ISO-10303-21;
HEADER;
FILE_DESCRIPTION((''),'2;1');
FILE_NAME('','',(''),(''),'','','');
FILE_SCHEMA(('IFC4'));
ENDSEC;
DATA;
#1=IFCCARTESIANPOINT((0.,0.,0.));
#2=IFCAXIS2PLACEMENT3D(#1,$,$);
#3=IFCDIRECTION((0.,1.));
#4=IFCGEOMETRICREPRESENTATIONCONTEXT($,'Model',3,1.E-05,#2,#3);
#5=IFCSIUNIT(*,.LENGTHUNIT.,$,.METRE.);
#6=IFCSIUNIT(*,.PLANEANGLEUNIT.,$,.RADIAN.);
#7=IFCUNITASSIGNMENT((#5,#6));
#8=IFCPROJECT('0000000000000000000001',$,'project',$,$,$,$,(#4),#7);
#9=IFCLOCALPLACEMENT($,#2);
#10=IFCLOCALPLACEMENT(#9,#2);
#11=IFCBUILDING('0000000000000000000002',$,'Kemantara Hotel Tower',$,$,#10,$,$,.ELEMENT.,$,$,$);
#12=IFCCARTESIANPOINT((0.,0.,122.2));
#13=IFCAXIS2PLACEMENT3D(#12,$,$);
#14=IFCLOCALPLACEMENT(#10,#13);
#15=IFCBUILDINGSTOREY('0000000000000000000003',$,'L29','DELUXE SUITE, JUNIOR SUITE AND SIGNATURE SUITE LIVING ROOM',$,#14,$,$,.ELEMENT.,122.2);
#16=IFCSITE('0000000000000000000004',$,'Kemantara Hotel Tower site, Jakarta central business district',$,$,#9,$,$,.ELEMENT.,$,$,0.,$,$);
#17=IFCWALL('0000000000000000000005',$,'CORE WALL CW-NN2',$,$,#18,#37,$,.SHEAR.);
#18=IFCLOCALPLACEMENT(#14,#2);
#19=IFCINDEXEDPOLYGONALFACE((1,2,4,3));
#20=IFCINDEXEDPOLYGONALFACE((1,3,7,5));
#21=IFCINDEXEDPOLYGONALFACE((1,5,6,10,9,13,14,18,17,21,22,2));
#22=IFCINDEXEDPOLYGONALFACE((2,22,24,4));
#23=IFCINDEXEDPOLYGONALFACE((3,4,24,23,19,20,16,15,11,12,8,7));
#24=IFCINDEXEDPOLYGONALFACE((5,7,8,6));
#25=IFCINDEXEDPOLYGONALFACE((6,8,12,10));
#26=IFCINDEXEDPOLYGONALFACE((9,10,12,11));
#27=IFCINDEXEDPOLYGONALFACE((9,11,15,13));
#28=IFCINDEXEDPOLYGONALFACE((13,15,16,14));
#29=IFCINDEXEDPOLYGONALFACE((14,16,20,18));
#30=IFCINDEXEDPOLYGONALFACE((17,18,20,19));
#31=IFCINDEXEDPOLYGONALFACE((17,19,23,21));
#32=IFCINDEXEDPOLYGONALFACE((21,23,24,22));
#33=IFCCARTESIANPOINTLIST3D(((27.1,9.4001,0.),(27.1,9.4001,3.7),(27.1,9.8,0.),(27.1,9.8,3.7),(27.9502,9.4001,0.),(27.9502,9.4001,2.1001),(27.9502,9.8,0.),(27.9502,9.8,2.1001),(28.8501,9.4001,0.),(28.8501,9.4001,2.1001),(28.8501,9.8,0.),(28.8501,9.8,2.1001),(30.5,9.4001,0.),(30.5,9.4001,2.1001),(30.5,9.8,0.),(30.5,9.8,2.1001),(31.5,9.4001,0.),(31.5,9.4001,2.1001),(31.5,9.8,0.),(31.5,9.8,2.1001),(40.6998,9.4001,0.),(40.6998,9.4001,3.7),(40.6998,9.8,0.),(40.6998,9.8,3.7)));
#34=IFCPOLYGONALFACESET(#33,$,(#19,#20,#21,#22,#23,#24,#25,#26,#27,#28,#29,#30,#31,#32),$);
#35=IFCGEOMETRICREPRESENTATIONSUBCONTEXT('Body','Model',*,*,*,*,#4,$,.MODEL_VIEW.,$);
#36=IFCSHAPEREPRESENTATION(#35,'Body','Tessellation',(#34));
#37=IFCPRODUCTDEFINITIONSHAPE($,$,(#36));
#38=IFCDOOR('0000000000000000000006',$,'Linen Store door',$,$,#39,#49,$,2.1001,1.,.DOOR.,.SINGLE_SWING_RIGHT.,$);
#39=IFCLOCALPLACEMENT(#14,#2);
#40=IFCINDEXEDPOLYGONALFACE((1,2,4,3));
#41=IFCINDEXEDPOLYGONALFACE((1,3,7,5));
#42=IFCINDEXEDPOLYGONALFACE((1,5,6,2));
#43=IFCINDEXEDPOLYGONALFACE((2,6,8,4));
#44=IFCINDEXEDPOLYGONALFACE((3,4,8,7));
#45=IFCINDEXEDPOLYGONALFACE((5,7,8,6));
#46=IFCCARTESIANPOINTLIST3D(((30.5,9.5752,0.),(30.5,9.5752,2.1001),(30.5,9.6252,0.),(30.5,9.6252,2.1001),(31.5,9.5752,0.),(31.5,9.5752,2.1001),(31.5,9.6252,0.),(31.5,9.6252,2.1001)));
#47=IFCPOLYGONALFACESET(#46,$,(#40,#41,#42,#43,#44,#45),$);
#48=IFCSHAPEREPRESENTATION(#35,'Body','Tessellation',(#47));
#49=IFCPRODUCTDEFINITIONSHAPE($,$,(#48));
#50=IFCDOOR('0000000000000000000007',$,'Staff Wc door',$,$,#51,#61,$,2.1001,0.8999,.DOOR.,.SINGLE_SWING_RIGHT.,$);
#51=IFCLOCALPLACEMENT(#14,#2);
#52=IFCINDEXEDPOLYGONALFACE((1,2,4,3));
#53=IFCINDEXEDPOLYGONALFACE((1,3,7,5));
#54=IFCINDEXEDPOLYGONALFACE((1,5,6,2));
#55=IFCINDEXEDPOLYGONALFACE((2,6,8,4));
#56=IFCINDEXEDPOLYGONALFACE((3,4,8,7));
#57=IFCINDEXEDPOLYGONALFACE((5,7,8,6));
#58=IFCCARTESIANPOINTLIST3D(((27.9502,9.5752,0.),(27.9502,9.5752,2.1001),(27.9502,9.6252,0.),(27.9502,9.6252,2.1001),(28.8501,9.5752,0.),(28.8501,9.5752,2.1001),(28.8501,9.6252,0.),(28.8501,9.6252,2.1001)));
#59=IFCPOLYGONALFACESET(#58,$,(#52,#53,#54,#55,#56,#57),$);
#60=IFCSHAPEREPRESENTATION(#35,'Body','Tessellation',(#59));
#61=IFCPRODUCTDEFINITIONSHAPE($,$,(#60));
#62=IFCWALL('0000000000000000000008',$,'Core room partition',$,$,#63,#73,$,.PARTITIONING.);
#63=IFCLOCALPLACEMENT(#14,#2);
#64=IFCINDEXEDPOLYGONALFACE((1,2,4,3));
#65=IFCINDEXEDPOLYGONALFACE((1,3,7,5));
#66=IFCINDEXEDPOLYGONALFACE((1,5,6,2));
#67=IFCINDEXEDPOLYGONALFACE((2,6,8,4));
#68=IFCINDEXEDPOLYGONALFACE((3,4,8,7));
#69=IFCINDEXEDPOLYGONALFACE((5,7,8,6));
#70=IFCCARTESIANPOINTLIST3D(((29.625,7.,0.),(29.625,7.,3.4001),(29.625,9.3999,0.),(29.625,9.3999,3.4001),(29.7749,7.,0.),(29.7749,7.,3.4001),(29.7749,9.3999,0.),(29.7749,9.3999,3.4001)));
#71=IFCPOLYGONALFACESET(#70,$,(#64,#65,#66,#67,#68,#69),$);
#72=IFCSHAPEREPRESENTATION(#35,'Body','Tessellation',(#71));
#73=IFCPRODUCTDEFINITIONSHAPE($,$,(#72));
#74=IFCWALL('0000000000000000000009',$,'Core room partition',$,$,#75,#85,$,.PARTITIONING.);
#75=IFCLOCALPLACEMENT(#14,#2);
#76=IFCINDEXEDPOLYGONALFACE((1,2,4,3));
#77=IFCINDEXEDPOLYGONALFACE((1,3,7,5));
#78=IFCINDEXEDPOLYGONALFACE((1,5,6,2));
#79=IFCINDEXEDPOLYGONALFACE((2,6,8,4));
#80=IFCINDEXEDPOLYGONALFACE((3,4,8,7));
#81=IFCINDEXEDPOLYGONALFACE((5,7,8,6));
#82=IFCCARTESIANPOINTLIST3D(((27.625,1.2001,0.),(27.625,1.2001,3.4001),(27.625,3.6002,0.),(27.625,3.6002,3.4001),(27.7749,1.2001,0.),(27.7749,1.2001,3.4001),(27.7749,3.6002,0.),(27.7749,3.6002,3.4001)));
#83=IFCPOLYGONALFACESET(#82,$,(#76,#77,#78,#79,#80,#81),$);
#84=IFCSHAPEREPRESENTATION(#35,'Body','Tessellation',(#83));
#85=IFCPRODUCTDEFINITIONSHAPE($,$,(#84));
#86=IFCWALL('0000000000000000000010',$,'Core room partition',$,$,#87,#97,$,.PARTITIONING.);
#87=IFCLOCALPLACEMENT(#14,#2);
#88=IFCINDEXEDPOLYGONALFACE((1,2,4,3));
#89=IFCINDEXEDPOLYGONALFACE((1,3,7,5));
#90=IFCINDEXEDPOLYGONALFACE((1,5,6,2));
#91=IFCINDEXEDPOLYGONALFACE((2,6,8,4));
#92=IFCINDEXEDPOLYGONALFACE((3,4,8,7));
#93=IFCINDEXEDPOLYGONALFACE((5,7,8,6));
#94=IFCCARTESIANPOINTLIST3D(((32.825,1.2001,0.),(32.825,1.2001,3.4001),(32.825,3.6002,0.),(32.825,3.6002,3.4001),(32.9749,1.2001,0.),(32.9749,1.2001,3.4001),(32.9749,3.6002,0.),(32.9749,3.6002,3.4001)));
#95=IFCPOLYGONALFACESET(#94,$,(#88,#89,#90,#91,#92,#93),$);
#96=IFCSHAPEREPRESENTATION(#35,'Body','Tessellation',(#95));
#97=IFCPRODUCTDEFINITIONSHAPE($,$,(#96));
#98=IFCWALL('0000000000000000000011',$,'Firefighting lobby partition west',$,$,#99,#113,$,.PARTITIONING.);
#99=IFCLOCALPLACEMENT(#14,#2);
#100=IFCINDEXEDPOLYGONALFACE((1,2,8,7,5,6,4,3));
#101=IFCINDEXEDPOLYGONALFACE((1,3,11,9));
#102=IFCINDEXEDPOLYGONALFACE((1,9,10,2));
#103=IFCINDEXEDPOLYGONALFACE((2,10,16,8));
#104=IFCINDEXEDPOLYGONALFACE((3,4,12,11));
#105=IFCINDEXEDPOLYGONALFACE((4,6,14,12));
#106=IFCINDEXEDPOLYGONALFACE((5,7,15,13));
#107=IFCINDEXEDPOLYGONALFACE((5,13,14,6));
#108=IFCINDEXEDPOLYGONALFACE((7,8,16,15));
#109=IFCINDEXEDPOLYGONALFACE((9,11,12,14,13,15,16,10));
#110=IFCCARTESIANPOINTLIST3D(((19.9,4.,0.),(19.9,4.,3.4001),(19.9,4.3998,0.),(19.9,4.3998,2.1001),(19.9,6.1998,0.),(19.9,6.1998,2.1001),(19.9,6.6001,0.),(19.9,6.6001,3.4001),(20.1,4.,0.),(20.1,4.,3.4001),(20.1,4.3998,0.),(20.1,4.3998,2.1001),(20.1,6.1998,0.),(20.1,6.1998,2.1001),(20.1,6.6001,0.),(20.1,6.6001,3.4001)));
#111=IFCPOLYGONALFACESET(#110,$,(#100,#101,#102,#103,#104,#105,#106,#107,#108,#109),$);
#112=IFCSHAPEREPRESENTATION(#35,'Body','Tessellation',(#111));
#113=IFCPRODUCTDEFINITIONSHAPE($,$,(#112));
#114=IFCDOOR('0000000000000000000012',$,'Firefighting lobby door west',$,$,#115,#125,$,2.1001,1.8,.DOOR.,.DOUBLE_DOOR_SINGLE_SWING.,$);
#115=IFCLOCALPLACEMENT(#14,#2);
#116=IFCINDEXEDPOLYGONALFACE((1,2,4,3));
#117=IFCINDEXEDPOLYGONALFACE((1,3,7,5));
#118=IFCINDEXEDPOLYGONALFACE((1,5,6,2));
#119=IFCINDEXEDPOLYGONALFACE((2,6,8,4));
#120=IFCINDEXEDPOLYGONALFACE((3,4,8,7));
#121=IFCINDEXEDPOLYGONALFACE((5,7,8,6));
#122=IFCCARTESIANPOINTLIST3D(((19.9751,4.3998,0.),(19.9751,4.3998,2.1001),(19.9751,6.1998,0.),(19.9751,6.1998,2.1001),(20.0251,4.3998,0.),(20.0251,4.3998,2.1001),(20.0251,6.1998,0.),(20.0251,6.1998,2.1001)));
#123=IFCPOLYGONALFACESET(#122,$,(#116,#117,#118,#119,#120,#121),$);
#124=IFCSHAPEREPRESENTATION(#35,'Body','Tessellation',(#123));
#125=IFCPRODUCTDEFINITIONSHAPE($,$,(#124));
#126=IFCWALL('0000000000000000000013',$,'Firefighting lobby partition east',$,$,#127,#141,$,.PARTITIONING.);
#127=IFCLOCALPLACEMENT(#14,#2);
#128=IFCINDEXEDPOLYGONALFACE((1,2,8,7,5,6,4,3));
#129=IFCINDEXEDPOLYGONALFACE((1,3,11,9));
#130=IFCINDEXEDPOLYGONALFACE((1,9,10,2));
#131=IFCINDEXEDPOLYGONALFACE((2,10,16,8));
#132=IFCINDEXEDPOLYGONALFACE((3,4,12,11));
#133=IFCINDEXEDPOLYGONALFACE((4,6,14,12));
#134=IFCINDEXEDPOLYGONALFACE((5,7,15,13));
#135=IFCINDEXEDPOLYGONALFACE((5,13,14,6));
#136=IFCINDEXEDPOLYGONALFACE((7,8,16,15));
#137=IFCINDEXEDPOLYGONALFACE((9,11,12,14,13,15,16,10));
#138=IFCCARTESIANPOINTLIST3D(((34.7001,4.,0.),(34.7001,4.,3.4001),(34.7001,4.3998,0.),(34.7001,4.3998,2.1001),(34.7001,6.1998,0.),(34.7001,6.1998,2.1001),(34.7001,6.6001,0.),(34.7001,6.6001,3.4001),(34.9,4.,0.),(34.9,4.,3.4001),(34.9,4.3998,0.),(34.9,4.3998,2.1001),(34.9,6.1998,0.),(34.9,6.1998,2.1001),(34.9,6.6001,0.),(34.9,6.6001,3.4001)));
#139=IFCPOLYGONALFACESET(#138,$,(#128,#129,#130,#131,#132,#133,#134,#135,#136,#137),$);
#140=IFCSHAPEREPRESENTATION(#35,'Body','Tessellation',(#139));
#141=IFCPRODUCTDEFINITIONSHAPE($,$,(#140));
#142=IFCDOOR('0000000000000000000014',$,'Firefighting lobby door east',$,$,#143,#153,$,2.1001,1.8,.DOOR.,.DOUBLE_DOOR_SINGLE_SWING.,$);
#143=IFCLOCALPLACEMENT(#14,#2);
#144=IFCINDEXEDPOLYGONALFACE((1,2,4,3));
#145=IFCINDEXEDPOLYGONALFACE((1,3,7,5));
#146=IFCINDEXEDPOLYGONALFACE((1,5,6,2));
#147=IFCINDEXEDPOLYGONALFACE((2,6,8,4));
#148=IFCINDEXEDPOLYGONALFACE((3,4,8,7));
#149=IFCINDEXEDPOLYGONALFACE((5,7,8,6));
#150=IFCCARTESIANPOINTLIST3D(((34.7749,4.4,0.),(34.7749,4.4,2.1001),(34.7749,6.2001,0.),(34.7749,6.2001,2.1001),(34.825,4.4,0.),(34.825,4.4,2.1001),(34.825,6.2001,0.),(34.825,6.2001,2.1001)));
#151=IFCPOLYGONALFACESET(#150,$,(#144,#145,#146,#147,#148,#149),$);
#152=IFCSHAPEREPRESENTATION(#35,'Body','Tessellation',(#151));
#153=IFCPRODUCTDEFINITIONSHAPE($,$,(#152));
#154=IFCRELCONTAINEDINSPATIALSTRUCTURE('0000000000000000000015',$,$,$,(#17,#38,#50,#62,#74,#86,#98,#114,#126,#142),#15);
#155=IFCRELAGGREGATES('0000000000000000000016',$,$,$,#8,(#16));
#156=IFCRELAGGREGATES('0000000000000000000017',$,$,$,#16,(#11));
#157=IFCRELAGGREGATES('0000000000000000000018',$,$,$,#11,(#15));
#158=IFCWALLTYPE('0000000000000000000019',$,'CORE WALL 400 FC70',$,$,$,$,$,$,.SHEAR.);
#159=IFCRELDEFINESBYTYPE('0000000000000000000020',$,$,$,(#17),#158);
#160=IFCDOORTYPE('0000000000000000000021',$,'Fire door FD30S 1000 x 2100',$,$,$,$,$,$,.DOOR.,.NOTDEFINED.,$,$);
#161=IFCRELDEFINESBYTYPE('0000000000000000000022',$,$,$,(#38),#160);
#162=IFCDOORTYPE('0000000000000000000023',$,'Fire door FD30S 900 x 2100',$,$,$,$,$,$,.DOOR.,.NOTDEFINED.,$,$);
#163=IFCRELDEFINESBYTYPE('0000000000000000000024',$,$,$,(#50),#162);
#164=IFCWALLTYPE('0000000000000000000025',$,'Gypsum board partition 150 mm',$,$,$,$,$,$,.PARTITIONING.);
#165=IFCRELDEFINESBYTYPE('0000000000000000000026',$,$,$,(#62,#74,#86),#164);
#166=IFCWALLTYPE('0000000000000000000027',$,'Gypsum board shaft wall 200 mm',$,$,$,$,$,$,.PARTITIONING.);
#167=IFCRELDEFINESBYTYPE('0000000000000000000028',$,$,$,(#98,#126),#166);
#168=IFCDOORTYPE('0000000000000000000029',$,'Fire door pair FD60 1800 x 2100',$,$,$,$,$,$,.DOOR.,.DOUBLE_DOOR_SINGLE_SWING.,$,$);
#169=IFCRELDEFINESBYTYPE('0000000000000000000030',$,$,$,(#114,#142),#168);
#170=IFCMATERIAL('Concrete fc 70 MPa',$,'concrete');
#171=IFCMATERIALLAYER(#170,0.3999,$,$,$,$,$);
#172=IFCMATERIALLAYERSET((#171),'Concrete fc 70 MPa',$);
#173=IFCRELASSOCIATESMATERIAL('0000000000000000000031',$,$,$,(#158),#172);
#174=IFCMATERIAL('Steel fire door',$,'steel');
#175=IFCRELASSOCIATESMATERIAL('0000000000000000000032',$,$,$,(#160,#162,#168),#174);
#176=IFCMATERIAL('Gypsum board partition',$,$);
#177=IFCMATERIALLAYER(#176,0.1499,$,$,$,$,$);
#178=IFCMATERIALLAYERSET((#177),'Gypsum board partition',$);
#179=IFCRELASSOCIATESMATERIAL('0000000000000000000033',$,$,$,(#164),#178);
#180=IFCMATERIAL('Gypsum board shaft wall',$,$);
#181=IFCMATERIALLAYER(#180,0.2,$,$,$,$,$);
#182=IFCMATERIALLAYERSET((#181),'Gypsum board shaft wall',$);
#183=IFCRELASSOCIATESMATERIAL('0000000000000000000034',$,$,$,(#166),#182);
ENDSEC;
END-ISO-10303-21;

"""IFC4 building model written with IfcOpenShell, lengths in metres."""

from ifc_helpers import new_model, si_unit, direction, frame, frame_2d, origin, place, context, subcontext, project, spatial, rectangle, extrude, material, layer, layer_set, type_object, element, fill, save


model = new_model("IFC4")

# Units and contexts
model_context = context("Model", 3, precision=1e-05, world=origin(), true_north=direction((0.0, 1.0)))
body_context = subcontext(model_context, "Body", "Model", "MODEL_VIEW")
ifc_project = project(units=[si_unit("LENGTHUNIT", "METRE"), si_unit("PLANEANGLEUNIT", "RADIAN")], contexts=[model_context])

# Site, building, storey
site_placement = place(None, origin())
site = spatial("IfcSite", under=ifc_project, at=site_placement, Name="Kemantara Hotel Tower site, Jakarta central business district", CompositionType="ELEMENT", RefElevation=0.0)
building_placement = place(site_placement, origin())
building = spatial("IfcBuilding", under=site, at=building_placement, Name="Kemantara Hotel Tower", CompositionType="ELEMENT")
storey_placement = place(building_placement, frame((0.0, 0.0, 122.2)))
storey = spatial("IfcBuildingStorey", under=building, at=storey_placement, Name="L29", Description="DELUXE SUITE, JUNIOR SUITE AND SIGNATURE SUITE LIVING ROOM", CompositionType="ELEMENT", Elevation=122.2)

# Shared definitions
ifc_material_1 = material(Name="Concrete fc 70 MPa", Category="concrete")

# Wall, openings, doors
ifc_layer_1 = layer(ifc_material_1, 0.3999)
ifc_layer_set_1 = layer_set([ifc_layer_1], Name="Concrete fc 70 MPa")
wall_type_1 = type_object("IfcWallType", Name="CORE WALL 400 FC70", PredefinedType="SHEAR", material=ifc_layer_set_1)
wall_1_placement = place(storey_placement, frame((27.1001, 9.6001, 0.0), z_axis=(0.0, 0.0, 1.0), x_axis=(1.0, 0.0, 0.0)))
wall_1 = element("IfcWall", 1, at=wall_1_placement, inside=storey, type_object=wall_type_1, Name="CORE WALL CW-NN2", PredefinedType="SHEAR", context=body_context, shape_type="SweptSolid", body=[
    extrude(rectangle(XDim=13.5999, YDim=0.3999, at=frame_2d((6.7998, 0.0))), origin(), (0.0, 0.0, 1.0), 3.7),
])
opening_1_placement = place(wall_1_placement, frame((0.8501, 0.0, 0.0)))
opening_1 = element("IfcOpeningElement", 2, at=opening_1_placement, cuts=wall_1, PredefinedType="OPENING", context=body_context, shape_type="SweptSolid", body=[
    extrude(rectangle(XDim=0.8999, YDim=2.1001, at=frame_2d((0.45, 1.05))), frame((0.0, 0.21, 0.0), z_axis=(0.0, -1.0, 0.0), x_axis=(1.0, 0.0, 0.0)), (0.0, 0.0, 1.0), 0.4199),
])
opening_2_placement = place(wall_1_placement, frame((3.3999, 0.0, 0.0)))
opening_2 = element("IfcOpeningElement", 3, at=opening_2_placement, cuts=wall_1, PredefinedType="OPENING", context=body_context, shape_type="SweptSolid", body=[
    extrude(rectangle(XDim=1.0, YDim=2.1001, at=frame_2d((0.5, 1.05))), frame((0.0, 0.21, 0.0), z_axis=(0.0, -1.0, 0.0), x_axis=(1.0, 0.0, 0.0)), (0.0, 0.0, 1.0), 0.4199),
])
ifc_material_2 = material(Name="Steel fire door", Category="steel")
door_type_1 = type_object("IfcDoorType", Name="Fire door FD30S 1000 x 2100", OperationType="NOTDEFINED", PredefinedType="DOOR", material=ifc_material_2)
door_1_placement = place(opening_2_placement, frame((1.0, 0.0, 0.0), z_axis=(0.0, 0.0, 1.0), x_axis=(-1.0, 0.0, 0.0)))
door_1 = element("IfcDoor", 4, at=door_1_placement, inside=storey, type_object=door_type_1, Name="Linen Store door", OperationType="SINGLE_SWING_RIGHT", OverallHeight=2.1001, OverallWidth=1.0, PredefinedType="DOOR", context=body_context, shape_type="SweptSolid", body=[
    extrude(rectangle(XDim=1.0, YDim=2.1001, at=frame_2d((0.5, 1.05))), frame((0.0, 0.0249, 0.0), z_axis=(0.0, -1.0, 0.0), x_axis=(1.0, 0.0, 0.0)), (0.0, 0.0, 1.0), 0.05),
])
fill(opening_2, door_1)
door_type_2 = type_object("IfcDoorType", Name="Fire door FD30S 900 x 2100", OperationType="NOTDEFINED", PredefinedType="DOOR", material=ifc_material_2)
door_2_placement = place(opening_1_placement, frame((0.8999, 0.0, 0.0), z_axis=(0.0, 0.0, 1.0), x_axis=(-1.0, 0.0, 0.0)))
door_2 = element("IfcDoor", 5, at=door_2_placement, inside=storey, type_object=door_type_2, Name="Staff Wc door", OperationType="SINGLE_SWING_RIGHT", OverallHeight=2.1001, OverallWidth=0.8999, PredefinedType="DOOR", context=body_context, shape_type="SweptSolid", body=[
    extrude(rectangle(XDim=0.8999, YDim=2.1001, at=frame_2d((0.45, 1.05))), frame((0.0, 0.0249, 0.0), z_axis=(0.0, -1.0, 0.0), x_axis=(1.0, 0.0, 0.0)), (0.0, 0.0, 1.0), 0.05),
])
fill(opening_1, door_2)

# Walls
ifc_material_3 = material(Name="Gypsum board partition")
ifc_layer_2 = layer(ifc_material_3, 0.1499)
ifc_layer_set_2 = layer_set([ifc_layer_2], Name="Gypsum board partition")
wall_type_2 = type_object("IfcWallType", Name="Gypsum board partition 150 mm", PredefinedType="PARTITIONING", material=ifc_layer_set_2)
wall_2_placement = place(storey_placement, frame((29.7, 7.0, 0.0), z_axis=(0.0, 0.0, 1.0), x_axis=(0.0, 1.0, 0.0)))
element("IfcWall", 6, at=wall_2_placement, inside=storey, type_object=wall_type_2, Name="Core room partition", PredefinedType="PARTITIONING", context=body_context, shape_type="SweptSolid", body=[
    extrude(rectangle(XDim=2.3999, YDim=0.1499, at=frame_2d((1.2, 0.0))), origin(), (0.0, 0.0, 1.0), 3.4001),
])
for number, where, z_axis, x_axis, name in (
    (7, (27.7, 1.2, 0.0), (0.0, 0.0, 1.0), (0.0, 1.0, 0.0), "Core room partition"),
    (8, (32.8999, 1.2, 0.0), (0.0, 0.0, 1.0), (0.0, 1.0, 0.0), "Core room partition"),
):
    element("IfcWall", number, at=place(storey_placement, frame(where, z_axis=z_axis, x_axis=x_axis)), inside=storey, type_object=wall_type_2, Name=name, PredefinedType="PARTITIONING", context=body_context, shape_type="SweptSolid", body=[
        extrude(rectangle(XDim=2.4001, YDim=0.1499, at=frame_2d((1.2002, 0.0))), origin(), (0.0, 0.0, 1.0), 3.4001),
    ])

# Walls, openings, doors
ifc_material_4 = material(Name="Gypsum board shaft wall")
ifc_layer_3 = layer(ifc_material_4, 0.2)
ifc_layer_set_3 = layer_set([ifc_layer_3], Name="Gypsum board shaft wall")
wall_type_3 = type_object("IfcWallType", Name="Gypsum board shaft wall 200 mm", PredefinedType="PARTITIONING", material=ifc_layer_set_3)
wall_3_placement = place(storey_placement, frame((20.0, 4.0, 0.0), z_axis=(0.0, 0.0, 1.0), x_axis=(0.0, 1.0, 0.0)))
wall_3 = element("IfcWall", 9, at=wall_3_placement, inside=storey, type_object=wall_type_3, Name="Firefighting lobby partition west", PredefinedType="PARTITIONING", context=body_context, shape_type="SweptSolid", body=[
    extrude(rectangle(XDim=2.6001, YDim=0.2, at=frame_2d((1.3, 0.0))), origin(), (0.0, 0.0, 1.0), 3.4001),
])
opening_3_placement = place(wall_3_placement, frame((0.3999, 0.0, 0.0)))
opening_3 = element("IfcOpeningElement", 10, at=opening_3_placement, cuts=wall_3, PredefinedType="OPENING", context=body_context, shape_type="SweptSolid", body=[
    extrude(rectangle(XDim=1.8, YDim=2.1001, at=frame_2d((0.8999, 1.05))), frame((0.0, 0.1099, 0.0), z_axis=(0.0, -1.0, 0.0), x_axis=(1.0, 0.0, 0.0)), (0.0, 0.0, 1.0), 0.22),
])
door_type_3 = type_object("IfcDoorType", Name="Fire door pair FD60 1800 x 2100", OperationType="DOUBLE_DOOR_SINGLE_SWING", PredefinedType="DOOR", material=ifc_material_2)
door_3_placement = place(opening_3_placement, origin())
door_3 = element("IfcDoor", 11, at=door_3_placement, inside=storey, type_object=door_type_3, Name="Firefighting lobby door west", OperationType="DOUBLE_DOOR_SINGLE_SWING", OverallHeight=2.1001, OverallWidth=1.8, PredefinedType="DOOR", context=body_context, shape_type="SweptSolid", body=[
    extrude(rectangle(XDim=1.8, YDim=2.1001, at=frame_2d((0.8999, 1.05))), frame((0.0, 0.0249, 0.0), z_axis=(0.0, -1.0, 0.0), x_axis=(1.0, 0.0, 0.0)), (0.0, 0.0, 1.0), 0.05),
])
fill(opening_3, door_3)
wall_4_placement = place(storey_placement, frame((34.8, 4.0, 0.0), z_axis=(0.0, 0.0, 1.0), x_axis=(0.0, 1.0, 0.0)))
wall_4 = element("IfcWall", 12, at=wall_4_placement, inside=storey, type_object=wall_type_3, Name="Firefighting lobby partition east", PredefinedType="PARTITIONING", context=body_context, shape_type="SweptSolid", body=[
    extrude(rectangle(XDim=2.6001, YDim=0.2, at=frame_2d((1.3, 0.0))), origin(), (0.0, 0.0, 1.0), 3.4001),
])
opening_4_placement = place(wall_4_placement, frame((0.3999, 0.0, 0.0)))
opening_4 = element("IfcOpeningElement", 13, at=opening_4_placement, cuts=wall_4, PredefinedType="OPENING", context=body_context, shape_type="SweptSolid", body=[
    extrude(rectangle(XDim=1.8, YDim=2.1001, at=frame_2d((0.8999, 1.05))), frame((0.0, 0.1099, 0.0), z_axis=(0.0, -1.0, 0.0), x_axis=(1.0, 0.0, 0.0)), (0.0, 0.0, 1.0), 0.22),
])
door_4_placement = place(opening_4_placement, frame((1.8, 0.0, 0.0), z_axis=(0.0, 0.0, 1.0), x_axis=(-1.0, 0.0, 0.0)))
door_4 = element("IfcDoor", 14, at=door_4_placement, inside=storey, type_object=door_type_3, Name="Firefighting lobby door east", OperationType="DOUBLE_DOOR_SINGLE_SWING", OverallHeight=2.1001, OverallWidth=1.8, PredefinedType="DOOR", context=body_context, shape_type="SweptSolid", body=[
    extrude(rectangle(XDim=1.8, YDim=2.1001, at=frame_2d((0.8999, 1.05))), frame((0.0, 0.0249, 0.0), z_axis=(0.0, -1.0, 0.0), x_axis=(1.0, 0.0, 0.0)), (0.0, 0.0, 1.0), 0.05),
])
fill(opening_4, door_4)

save(model, "model.ifc")
